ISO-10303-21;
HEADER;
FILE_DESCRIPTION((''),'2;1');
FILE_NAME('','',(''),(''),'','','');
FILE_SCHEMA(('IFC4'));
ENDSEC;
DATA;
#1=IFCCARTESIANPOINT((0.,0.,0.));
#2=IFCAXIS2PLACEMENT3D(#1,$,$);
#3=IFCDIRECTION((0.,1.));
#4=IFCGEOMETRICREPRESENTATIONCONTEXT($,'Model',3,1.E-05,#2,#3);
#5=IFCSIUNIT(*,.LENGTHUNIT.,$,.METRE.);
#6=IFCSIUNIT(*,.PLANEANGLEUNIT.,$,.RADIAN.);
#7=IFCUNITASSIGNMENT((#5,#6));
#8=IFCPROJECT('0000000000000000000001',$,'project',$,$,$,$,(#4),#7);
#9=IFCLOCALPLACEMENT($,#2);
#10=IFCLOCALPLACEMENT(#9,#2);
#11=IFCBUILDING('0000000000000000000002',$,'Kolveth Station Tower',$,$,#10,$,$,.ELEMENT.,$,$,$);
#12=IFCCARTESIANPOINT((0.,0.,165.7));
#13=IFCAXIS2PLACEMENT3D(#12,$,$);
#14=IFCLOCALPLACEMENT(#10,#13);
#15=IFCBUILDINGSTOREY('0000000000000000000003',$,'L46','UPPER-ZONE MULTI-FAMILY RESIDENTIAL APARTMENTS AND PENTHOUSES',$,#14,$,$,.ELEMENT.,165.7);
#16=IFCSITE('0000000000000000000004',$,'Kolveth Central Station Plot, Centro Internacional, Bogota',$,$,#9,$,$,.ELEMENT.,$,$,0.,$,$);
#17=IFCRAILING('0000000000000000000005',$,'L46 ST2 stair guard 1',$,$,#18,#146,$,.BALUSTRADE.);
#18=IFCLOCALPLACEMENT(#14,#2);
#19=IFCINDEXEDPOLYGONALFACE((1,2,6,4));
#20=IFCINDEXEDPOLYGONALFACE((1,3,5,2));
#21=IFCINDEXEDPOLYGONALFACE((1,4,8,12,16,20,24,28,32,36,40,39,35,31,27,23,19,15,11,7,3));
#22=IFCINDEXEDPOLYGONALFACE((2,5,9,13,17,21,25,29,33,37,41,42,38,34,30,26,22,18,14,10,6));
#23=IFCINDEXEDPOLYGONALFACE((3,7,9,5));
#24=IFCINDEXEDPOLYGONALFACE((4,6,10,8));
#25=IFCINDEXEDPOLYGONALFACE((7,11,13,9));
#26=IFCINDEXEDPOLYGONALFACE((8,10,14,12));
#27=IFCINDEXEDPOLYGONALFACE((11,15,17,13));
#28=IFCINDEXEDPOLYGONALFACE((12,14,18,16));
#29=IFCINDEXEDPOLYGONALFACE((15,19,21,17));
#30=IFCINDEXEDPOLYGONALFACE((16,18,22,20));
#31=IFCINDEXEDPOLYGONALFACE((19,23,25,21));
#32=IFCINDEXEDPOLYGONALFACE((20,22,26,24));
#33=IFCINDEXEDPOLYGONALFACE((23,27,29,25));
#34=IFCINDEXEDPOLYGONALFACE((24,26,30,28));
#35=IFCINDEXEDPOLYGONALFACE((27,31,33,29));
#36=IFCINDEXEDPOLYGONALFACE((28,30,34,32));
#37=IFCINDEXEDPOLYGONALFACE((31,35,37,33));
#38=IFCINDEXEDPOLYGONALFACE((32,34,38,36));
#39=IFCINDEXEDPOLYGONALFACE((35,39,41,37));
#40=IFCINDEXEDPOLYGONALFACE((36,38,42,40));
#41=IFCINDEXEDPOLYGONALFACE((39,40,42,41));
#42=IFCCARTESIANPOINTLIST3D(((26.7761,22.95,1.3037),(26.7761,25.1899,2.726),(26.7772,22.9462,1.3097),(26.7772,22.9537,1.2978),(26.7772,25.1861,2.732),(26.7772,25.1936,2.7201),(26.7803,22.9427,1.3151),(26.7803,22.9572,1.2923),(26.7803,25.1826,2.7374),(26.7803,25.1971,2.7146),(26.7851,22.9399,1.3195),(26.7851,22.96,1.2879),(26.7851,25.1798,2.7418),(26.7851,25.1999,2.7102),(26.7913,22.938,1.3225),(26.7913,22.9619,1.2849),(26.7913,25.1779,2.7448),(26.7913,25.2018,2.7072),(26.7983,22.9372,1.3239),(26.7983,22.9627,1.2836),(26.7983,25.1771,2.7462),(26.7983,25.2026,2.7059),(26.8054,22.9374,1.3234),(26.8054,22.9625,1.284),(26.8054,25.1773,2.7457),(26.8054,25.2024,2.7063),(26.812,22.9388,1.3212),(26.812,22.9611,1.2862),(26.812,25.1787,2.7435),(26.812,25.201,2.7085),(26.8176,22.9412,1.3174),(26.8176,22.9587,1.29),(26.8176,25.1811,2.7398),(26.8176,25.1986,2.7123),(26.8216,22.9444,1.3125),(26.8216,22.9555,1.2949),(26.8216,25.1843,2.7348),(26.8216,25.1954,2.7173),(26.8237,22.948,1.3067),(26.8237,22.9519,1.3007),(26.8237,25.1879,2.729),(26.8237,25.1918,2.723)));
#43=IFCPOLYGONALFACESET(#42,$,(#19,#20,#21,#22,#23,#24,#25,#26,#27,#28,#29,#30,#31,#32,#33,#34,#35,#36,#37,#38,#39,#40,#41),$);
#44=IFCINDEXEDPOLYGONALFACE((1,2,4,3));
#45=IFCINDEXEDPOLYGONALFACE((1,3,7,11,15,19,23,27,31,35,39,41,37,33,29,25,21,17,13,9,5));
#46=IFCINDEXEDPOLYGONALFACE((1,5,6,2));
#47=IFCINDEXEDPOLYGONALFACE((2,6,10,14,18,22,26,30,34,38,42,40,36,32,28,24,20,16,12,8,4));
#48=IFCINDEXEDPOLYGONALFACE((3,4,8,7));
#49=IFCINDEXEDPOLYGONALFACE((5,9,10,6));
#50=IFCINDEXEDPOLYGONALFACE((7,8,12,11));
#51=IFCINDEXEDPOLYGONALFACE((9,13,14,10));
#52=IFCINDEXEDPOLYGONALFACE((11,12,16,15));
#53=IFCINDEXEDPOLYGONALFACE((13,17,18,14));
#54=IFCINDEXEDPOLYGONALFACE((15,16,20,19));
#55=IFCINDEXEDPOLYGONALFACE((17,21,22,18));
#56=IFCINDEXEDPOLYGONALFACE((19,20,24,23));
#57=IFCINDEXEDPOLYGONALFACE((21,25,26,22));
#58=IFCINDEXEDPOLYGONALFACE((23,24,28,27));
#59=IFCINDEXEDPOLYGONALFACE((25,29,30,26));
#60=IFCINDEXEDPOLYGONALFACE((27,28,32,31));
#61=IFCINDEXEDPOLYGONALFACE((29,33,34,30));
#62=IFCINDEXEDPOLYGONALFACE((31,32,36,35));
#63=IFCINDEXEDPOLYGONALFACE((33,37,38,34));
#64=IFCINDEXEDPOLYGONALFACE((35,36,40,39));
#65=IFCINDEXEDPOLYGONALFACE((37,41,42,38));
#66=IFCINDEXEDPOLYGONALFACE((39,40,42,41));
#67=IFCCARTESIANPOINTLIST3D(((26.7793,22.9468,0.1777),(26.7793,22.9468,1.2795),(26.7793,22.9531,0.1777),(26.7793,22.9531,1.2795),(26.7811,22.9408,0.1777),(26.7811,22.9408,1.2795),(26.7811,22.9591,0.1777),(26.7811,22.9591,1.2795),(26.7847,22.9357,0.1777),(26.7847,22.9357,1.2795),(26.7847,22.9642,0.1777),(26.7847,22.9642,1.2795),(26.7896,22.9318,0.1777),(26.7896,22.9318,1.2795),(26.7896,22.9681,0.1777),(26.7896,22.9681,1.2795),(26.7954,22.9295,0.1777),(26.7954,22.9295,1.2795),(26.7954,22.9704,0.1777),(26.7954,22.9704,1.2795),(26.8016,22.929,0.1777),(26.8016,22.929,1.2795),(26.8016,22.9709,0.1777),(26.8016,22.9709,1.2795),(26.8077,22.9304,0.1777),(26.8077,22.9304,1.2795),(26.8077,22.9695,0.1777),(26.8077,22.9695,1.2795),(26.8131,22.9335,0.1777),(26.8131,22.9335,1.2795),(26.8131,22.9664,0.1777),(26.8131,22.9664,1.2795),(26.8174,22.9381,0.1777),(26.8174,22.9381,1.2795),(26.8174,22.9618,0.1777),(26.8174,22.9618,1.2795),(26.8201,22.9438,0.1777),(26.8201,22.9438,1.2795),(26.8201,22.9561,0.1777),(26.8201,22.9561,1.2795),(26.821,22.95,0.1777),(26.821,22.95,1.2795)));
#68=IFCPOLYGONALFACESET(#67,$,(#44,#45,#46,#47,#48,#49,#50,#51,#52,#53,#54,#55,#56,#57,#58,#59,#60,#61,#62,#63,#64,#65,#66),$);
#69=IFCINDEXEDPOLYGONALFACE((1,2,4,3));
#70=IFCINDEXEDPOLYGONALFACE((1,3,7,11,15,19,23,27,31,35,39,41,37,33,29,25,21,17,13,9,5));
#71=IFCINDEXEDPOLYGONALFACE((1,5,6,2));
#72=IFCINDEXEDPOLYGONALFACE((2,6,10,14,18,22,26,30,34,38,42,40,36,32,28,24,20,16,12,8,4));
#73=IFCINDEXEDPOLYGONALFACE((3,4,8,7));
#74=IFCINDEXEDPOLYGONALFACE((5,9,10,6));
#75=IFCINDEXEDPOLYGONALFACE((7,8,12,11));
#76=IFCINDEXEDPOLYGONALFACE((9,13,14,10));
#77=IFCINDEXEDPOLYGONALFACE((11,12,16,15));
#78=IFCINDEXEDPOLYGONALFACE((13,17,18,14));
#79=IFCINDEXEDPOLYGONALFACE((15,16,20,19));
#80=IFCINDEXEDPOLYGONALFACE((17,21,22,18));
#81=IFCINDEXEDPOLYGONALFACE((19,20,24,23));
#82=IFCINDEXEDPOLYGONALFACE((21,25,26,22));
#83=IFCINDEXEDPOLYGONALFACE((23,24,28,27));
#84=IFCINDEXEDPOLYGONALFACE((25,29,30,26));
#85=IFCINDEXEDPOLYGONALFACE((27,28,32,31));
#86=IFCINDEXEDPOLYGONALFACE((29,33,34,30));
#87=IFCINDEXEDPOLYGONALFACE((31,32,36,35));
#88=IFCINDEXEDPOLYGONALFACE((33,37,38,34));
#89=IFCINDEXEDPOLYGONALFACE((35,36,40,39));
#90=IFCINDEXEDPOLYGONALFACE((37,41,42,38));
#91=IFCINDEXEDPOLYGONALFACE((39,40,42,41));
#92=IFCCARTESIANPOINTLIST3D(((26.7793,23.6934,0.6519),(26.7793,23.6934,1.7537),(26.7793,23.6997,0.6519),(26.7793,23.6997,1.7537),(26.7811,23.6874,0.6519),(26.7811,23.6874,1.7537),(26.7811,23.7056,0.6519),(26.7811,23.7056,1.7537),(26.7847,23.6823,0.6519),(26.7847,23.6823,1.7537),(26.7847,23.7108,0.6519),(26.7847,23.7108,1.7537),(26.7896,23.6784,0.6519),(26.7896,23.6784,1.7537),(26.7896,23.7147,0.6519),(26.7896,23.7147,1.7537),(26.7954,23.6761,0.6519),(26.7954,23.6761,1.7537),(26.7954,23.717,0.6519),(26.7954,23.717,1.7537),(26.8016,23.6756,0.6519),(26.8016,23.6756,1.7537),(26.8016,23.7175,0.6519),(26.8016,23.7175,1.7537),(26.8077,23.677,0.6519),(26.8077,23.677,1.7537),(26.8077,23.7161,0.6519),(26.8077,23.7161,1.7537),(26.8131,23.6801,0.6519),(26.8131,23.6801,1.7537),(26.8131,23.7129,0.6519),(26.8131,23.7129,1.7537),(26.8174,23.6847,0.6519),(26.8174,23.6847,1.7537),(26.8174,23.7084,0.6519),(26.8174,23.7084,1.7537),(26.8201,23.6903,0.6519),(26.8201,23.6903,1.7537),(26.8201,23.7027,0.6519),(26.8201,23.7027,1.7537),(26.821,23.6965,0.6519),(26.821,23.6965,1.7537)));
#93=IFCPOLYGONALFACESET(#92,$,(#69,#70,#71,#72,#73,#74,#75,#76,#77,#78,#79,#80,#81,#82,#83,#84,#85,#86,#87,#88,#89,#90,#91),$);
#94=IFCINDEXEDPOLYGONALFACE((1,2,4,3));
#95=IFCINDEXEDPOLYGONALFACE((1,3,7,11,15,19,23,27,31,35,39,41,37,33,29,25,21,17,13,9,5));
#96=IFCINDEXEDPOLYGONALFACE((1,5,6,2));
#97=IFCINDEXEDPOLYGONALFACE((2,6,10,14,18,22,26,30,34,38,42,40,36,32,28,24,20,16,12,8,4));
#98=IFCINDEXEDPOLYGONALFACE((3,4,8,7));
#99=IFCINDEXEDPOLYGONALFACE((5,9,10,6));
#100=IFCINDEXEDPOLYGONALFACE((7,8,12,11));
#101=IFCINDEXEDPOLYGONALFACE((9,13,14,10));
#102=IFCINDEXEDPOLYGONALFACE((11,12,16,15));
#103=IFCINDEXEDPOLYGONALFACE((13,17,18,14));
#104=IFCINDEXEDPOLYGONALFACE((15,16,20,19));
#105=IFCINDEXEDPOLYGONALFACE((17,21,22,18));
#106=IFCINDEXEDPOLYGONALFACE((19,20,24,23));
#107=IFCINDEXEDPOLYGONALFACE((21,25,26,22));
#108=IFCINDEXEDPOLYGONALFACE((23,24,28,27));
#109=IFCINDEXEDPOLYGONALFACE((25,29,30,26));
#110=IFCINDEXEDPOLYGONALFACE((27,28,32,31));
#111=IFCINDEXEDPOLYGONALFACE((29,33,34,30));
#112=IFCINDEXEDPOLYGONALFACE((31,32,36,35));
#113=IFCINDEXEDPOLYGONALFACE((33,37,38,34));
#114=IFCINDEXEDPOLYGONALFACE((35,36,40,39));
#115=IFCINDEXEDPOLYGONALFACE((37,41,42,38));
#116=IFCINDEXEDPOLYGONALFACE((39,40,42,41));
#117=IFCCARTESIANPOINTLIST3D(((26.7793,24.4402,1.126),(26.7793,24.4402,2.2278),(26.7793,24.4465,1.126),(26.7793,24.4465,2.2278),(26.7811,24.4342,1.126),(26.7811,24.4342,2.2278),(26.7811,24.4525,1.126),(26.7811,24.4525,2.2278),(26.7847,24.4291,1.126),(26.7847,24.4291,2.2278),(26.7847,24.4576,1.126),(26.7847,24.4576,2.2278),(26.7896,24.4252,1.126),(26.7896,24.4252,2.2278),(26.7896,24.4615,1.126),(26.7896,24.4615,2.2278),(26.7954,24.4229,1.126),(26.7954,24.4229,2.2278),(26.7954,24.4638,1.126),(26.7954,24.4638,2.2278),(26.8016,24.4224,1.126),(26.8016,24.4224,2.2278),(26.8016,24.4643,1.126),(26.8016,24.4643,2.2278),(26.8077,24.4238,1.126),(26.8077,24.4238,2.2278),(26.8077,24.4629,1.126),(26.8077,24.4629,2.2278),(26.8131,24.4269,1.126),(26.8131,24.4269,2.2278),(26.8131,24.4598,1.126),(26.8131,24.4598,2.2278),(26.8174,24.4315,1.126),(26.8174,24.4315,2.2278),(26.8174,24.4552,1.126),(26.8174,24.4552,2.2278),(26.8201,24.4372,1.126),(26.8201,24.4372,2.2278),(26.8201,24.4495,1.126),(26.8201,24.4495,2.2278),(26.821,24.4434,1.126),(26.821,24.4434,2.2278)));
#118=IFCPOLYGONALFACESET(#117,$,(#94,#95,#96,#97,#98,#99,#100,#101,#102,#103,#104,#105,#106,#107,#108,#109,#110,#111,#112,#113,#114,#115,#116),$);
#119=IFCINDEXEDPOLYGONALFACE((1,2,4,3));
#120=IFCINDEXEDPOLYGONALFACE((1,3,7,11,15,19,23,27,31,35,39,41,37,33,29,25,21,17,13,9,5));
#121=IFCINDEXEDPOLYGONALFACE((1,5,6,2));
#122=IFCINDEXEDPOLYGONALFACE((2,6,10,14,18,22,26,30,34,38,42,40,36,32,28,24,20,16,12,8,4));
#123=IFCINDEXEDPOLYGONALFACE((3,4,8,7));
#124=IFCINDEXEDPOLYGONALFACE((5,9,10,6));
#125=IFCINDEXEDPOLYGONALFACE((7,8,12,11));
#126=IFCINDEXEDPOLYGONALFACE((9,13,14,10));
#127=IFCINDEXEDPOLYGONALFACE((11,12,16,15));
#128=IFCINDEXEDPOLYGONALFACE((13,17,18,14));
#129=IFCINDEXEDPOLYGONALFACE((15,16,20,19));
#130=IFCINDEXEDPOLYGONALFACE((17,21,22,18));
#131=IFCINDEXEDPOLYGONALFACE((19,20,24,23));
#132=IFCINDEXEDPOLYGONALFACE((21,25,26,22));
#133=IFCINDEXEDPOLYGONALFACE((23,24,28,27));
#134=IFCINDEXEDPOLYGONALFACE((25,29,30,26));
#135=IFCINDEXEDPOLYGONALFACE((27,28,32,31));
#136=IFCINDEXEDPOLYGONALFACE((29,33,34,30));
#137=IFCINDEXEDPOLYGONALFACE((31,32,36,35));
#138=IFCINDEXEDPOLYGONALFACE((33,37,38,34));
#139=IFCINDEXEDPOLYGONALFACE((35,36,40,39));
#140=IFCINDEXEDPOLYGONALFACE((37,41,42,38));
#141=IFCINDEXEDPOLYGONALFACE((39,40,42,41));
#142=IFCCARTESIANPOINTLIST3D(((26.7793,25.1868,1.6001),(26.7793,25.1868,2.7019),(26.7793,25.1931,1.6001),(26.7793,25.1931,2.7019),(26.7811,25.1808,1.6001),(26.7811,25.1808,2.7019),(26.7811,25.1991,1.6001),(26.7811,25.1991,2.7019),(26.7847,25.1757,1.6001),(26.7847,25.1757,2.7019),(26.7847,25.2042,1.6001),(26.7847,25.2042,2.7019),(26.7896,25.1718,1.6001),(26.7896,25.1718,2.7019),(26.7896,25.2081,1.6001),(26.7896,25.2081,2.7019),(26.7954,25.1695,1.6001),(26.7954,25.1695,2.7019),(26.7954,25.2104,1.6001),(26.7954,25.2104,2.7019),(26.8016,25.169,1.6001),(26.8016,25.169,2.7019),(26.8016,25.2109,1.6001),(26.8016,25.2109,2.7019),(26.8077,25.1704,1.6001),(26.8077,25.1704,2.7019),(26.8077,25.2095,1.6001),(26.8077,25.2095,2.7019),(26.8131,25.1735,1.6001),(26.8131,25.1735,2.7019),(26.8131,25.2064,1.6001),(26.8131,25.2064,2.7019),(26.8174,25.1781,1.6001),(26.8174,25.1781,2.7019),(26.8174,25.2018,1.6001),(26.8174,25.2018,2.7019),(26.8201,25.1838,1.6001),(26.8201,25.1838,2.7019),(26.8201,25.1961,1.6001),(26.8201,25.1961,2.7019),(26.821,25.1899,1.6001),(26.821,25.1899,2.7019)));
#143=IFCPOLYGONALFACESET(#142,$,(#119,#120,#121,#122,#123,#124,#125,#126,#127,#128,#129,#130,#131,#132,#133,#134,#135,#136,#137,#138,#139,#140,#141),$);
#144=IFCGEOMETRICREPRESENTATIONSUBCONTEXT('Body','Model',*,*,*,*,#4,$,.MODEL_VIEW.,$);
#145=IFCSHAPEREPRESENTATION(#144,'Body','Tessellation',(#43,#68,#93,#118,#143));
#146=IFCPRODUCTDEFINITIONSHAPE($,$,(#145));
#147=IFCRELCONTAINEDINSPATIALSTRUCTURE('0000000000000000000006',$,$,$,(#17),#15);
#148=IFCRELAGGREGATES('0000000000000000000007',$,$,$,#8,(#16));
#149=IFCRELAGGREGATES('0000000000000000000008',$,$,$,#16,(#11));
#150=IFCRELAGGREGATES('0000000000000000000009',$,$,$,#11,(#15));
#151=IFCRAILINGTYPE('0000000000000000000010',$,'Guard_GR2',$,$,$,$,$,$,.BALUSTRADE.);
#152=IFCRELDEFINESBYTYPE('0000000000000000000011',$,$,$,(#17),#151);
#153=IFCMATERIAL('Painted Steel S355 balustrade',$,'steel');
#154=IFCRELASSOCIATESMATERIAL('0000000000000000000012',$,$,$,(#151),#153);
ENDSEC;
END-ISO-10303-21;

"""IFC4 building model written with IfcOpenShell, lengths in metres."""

from ifc_helpers import new_model, si_unit, direction, frame, origin, origin_2d, place, context, subcontext, project, spatial, circle, extrude, material, type_object, element, save


model = new_model("IFC4")

# Units and contexts
model_context = context("Model", 3, precision=1e-05, world=origin(), true_north=direction((0.0, 1.0)))
body_context = subcontext(model_context, "Body", "Model", "MODEL_VIEW")
ifc_project = project(units=[si_unit("LENGTHUNIT", "METRE"), si_unit("PLANEANGLEUNIT", "RADIAN")], contexts=[model_context])

# Site, building, storey
site_placement = place(None, origin())
site = spatial("IfcSite", under=ifc_project, at=site_placement, Name="Kolveth Central Station Plot, Centro Internacional, Bogota", CompositionType="ELEMENT", RefElevation=0.0)
building_placement = place(site_placement, origin())
building = spatial("IfcBuilding", under=site, at=building_placement, Name="Kolveth Station Tower", CompositionType="ELEMENT")
storey_placement = place(building_placement, frame((0.0, 0.0, 165.7)))
storey = spatial("IfcBuildingStorey", under=building, at=storey_placement, Name="L46", Description="UPPER-ZONE MULTI-FAMILY RESIDENTIAL APARTMENTS AND PENTHOUSES", CompositionType="ELEMENT", Elevation=165.7)

# Railing
ifc_material_1 = material(Name="Painted Steel S355 balustrade", Category="steel")
railing_type_1 = type_object("IfcRailingType", Name="Guard_GR2", PredefinedType="BALUSTRADE", material=ifc_material_1)
for number, where, name in (
    (1, (26.8, 22.95, 0.1777), "L46 ST2 stair guard 1"),
):
    element("IfcRailing", number, at=place(storey_placement, frame(where)), inside=storey, type_object=railing_type_1, Name=name, PredefinedType="BALUSTRADE", context=body_context, shape_type="SweptSolid", body=[
        extrude(circle(Radius=0.0239, at=origin_2d()), frame((0.0, 0.0, 1.126), z_axis=(0.0, 0.844188, 0.536048), x_axis=(-1.0, 0.0, 0.0)), (0.0, 0.0, 1.0), 2.6533),
        extrude(circle(Radius=0.021, at=origin_2d()), origin(), (0.0, 0.0, 1.0), 1.1018),
        extrude(circle(Radius=0.021, at=origin_2d()), frame((0.0, 0.7466, 0.4741)), (0.0, 0.0, 1.0), 1.1018),
        extrude(circle(Radius=0.021, at=origin_2d()), frame((0.0, 1.4934, 0.9482)), (0.0, 0.0, 1.0), 1.1018),
        extrude(circle(Radius=0.021, at=origin_2d()), frame((0.0, 2.24, 1.4224)), (0.0, 0.0, 1.0), 1.1018),
    ])

save(model, "model.ifc")
